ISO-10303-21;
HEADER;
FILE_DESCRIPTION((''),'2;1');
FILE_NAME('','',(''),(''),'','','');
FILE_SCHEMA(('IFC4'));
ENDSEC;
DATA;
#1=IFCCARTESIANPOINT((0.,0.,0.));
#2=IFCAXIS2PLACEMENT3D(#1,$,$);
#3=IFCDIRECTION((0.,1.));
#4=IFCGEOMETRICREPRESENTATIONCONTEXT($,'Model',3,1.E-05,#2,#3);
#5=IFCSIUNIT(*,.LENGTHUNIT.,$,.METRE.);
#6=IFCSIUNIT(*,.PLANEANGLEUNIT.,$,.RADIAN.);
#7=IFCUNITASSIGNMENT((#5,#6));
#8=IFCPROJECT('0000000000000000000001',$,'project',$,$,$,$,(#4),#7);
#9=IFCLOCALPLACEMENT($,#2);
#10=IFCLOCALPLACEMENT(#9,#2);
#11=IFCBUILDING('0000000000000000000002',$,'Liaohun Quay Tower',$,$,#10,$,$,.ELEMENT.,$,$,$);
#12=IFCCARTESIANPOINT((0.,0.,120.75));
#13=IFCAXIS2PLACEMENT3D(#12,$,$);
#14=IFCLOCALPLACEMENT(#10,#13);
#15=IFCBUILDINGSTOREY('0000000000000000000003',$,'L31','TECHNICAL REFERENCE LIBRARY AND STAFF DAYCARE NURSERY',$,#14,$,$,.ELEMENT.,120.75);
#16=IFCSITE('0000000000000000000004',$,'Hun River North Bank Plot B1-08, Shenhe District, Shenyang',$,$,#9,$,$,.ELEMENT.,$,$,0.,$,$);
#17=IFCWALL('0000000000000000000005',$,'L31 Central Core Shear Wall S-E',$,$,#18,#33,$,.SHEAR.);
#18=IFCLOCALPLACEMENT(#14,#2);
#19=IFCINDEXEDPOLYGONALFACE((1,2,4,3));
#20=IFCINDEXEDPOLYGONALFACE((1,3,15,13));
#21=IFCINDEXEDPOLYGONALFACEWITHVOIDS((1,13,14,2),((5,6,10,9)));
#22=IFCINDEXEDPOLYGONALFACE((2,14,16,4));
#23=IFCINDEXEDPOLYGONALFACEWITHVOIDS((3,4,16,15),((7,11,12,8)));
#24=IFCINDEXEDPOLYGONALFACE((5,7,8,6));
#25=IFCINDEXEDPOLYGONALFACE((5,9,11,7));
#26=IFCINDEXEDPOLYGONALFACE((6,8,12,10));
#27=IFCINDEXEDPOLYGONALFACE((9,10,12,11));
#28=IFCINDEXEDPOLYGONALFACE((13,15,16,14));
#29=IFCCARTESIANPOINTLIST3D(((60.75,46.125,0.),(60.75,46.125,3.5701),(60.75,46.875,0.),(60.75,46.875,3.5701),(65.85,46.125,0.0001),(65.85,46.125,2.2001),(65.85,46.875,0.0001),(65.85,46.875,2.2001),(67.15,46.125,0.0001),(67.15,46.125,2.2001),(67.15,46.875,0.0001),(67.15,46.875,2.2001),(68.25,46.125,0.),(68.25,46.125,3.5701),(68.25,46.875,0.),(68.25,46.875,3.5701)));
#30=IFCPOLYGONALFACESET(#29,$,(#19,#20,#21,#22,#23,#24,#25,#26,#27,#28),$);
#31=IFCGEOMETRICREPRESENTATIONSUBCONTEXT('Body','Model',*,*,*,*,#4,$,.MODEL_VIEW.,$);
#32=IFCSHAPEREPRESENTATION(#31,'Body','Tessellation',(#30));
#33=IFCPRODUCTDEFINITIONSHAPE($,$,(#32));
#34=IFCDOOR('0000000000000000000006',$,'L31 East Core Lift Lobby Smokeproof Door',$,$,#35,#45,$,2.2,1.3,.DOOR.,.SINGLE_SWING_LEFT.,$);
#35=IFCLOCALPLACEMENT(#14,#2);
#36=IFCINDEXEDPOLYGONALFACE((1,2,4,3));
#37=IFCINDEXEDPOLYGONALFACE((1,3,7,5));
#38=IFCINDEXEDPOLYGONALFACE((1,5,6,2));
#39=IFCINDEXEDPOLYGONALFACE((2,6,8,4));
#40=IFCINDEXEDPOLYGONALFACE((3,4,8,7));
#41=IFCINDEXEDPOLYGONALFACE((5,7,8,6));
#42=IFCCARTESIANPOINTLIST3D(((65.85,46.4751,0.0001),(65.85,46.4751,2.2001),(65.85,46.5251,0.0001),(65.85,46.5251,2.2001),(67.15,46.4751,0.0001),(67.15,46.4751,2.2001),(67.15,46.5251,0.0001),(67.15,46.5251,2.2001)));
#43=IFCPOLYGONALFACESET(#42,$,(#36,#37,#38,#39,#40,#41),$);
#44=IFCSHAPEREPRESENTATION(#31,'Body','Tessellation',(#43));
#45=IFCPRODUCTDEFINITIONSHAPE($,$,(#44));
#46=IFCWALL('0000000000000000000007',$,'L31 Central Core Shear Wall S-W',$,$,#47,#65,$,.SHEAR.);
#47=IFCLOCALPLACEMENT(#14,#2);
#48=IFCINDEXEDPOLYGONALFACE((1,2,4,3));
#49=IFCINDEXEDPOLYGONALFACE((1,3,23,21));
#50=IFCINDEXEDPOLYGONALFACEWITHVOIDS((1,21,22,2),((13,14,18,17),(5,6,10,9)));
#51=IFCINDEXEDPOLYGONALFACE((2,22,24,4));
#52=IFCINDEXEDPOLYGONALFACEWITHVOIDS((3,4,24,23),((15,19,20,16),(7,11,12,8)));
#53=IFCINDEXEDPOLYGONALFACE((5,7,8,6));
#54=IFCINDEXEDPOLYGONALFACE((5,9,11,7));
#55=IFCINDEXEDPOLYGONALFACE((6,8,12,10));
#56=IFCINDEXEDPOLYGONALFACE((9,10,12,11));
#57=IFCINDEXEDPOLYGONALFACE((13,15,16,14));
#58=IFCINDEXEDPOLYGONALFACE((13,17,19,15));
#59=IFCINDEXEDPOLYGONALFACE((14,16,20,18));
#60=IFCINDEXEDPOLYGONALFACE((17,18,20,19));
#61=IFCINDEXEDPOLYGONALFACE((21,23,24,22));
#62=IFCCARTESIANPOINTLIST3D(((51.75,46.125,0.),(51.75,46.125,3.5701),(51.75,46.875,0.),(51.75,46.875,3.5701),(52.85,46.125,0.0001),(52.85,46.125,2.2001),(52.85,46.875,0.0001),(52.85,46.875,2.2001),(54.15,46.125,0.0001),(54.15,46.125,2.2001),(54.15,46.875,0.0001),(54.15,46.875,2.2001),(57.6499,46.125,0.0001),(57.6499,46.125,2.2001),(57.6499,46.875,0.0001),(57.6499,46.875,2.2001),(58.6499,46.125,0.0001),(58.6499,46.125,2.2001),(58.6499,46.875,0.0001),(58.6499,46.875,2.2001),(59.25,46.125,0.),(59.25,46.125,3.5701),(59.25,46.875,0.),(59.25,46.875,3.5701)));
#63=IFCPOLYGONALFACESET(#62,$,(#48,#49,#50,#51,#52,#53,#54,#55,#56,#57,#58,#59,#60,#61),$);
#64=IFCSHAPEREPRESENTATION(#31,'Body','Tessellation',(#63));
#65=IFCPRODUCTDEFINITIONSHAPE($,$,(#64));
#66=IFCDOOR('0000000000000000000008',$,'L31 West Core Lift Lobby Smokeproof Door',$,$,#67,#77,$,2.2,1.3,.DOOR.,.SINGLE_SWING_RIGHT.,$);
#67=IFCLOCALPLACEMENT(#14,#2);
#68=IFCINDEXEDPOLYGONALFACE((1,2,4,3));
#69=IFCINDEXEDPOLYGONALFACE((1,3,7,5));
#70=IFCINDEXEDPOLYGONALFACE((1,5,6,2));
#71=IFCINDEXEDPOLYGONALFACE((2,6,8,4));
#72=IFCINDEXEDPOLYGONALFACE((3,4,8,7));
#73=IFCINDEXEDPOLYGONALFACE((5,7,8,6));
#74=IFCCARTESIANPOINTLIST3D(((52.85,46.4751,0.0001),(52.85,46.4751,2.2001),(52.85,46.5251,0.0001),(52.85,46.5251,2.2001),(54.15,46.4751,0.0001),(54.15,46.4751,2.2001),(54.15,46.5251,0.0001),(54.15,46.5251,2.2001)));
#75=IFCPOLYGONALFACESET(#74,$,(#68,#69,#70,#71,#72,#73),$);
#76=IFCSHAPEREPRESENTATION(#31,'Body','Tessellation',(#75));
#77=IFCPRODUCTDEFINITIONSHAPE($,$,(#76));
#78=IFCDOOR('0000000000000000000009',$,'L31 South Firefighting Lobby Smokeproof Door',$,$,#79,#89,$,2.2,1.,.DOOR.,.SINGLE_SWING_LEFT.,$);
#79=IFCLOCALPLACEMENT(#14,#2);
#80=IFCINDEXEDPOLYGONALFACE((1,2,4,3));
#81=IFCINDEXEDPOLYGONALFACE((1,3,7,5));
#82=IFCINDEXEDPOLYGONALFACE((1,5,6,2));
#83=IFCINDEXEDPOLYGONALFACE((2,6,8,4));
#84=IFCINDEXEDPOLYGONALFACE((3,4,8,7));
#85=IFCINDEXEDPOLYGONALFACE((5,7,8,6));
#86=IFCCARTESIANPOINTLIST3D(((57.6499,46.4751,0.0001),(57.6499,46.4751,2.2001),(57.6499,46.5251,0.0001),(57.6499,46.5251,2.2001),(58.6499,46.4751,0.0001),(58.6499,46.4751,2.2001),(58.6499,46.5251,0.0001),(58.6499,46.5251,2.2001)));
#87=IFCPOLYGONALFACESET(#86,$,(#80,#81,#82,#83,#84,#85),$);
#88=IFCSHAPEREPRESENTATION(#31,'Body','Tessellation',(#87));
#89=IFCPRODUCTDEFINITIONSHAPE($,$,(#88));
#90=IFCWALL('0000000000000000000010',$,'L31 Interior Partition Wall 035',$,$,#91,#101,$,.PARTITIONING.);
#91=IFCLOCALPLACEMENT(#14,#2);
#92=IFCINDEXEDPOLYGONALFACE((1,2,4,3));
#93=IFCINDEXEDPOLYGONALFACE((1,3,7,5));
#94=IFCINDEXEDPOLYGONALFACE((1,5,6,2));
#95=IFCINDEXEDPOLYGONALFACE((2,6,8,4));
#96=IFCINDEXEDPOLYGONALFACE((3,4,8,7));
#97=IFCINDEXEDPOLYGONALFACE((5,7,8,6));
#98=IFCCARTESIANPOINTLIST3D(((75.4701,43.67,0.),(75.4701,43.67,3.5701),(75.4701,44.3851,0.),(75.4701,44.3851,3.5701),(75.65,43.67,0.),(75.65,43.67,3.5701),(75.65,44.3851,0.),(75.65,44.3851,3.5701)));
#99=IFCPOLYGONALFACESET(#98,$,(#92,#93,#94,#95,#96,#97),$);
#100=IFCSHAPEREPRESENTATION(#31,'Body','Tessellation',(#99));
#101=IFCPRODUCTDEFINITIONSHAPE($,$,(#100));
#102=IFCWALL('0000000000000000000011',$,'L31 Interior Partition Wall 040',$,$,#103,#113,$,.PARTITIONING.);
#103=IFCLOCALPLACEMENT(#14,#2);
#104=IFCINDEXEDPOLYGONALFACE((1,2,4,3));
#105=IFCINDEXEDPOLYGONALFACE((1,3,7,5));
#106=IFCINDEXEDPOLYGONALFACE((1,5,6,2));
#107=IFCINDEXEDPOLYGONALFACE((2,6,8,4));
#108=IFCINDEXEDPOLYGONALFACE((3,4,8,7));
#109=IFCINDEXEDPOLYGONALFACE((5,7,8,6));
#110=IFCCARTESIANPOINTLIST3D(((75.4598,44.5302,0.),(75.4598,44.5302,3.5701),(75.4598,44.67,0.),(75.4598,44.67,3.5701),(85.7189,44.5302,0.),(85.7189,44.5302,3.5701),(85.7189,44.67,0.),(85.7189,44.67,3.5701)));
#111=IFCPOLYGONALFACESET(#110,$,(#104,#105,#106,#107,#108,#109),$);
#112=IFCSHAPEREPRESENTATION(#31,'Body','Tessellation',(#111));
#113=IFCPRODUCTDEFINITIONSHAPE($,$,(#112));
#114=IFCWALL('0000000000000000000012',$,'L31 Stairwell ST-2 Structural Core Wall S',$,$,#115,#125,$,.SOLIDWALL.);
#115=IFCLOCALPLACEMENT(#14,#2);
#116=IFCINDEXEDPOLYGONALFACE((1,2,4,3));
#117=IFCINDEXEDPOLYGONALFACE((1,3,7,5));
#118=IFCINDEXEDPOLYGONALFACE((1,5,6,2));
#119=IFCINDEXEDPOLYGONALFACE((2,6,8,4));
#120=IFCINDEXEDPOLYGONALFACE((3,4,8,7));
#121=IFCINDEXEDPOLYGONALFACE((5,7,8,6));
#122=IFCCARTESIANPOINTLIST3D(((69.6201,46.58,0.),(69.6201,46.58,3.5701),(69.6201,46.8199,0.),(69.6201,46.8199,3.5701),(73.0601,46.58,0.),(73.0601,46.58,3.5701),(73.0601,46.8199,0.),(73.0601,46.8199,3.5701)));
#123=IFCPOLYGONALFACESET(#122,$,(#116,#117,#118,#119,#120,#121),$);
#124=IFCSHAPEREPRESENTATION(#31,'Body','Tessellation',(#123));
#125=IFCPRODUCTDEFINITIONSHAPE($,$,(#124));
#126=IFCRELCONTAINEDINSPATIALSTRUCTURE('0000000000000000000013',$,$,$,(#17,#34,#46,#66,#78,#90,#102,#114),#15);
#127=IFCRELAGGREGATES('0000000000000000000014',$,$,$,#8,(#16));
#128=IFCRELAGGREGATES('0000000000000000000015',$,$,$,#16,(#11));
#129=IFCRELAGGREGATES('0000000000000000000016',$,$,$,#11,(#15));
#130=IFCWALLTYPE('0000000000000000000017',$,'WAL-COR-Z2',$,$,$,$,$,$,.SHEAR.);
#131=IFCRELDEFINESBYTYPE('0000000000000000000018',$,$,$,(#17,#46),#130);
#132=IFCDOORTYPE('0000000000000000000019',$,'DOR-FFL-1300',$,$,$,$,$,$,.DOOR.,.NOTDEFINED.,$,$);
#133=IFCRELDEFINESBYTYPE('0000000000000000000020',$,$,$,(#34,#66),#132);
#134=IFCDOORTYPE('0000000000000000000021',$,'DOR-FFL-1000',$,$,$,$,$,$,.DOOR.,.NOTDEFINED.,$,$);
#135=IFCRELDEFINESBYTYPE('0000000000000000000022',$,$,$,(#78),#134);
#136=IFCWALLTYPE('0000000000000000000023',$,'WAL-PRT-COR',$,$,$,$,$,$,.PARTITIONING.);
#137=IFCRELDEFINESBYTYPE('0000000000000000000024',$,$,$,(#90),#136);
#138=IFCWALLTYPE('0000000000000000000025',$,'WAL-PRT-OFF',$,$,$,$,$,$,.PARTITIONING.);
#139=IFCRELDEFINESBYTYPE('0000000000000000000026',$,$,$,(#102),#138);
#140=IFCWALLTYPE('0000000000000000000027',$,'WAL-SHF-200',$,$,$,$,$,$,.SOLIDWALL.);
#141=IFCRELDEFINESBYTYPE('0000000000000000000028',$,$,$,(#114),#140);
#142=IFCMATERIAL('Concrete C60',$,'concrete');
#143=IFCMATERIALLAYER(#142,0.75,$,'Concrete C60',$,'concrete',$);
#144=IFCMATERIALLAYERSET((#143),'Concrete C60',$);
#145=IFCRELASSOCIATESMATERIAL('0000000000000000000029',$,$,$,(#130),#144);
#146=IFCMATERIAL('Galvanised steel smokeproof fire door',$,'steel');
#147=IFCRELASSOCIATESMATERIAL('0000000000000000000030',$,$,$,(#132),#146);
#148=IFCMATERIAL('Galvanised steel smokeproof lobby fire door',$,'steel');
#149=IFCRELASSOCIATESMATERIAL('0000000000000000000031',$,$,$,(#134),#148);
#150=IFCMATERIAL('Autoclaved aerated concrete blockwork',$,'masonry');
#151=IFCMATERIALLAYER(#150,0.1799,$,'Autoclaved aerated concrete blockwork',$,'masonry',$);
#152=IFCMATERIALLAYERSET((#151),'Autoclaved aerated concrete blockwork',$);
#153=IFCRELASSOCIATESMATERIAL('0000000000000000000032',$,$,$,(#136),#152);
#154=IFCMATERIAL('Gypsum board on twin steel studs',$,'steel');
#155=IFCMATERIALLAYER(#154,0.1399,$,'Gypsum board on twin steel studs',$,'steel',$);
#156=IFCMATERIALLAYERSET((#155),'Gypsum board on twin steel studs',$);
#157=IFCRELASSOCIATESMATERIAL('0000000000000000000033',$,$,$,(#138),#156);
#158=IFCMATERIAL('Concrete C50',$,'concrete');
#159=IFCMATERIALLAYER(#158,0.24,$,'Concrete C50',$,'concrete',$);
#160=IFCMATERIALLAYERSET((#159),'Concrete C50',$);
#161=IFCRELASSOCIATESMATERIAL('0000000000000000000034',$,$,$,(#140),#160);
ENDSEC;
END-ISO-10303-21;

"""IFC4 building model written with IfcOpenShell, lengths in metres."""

from ifc_helpers import new_model, si_unit, direction, frame, frame_2d, origin, place, context, subcontext, project, spatial, rectangle, extrude, source, transform, mapped, material, layer, layer_set, type_object, element, fill, save


model = new_model("IFC4")

# Units and contexts
model_context = context("Model", 3, precision=1e-05, world=origin(), true_north=direction((0.0, 1.0)))
body_context = subcontext(model_context, "Body", "Model", "MODEL_VIEW")
ifc_project = project(units=[si_unit("LENGTHUNIT", "METRE"), si_unit("PLANEANGLEUNIT", "RADIAN")], contexts=[model_context])

# Site, building, storey
site_placement = place(None, origin())
site = spatial("IfcSite", under=ifc_project, at=site_placement, Name="Hun River North Bank Plot B1-08, Shenhe District, Shenyang", CompositionType="ELEMENT", RefElevation=0.0)
building_placement = place(site_placement, origin())
building = spatial("IfcBuilding", under=site, at=building_placement, Name="Liaohun Quay Tower", CompositionType="ELEMENT")
storey_placement = place(building_placement, frame((0.0, 0.0, 120.75)))
storey = spatial("IfcBuildingStorey", under=building, at=storey_placement, Name="L31", Description="TECHNICAL REFERENCE LIBRARY AND STAFF DAYCARE NURSERY", CompositionType="ELEMENT", Elevation=120.75)

# Shared definitions
ifc_material_1 = material(Name="Concrete C60", Category="concrete")

# Wall, opening, door
ifc_layer_1 = layer(ifc_material_1, 0.75, Name="Concrete C60", Category="concrete")
ifc_layer_set_1 = layer_set([ifc_layer_1], Name="Concrete C60")
wall_type_1 = type_object("IfcWallType", Name="WAL-COR-Z2", PredefinedType="SHEAR", material=ifc_layer_set_1)
wall_1_placement = place(storey_placement, frame((68.25, 46.5, 0.0), z_axis=(0.0, 0.0, 1.0), x_axis=(-1.0, 0.0, 0.0)))
wall_1 = element("IfcWall", 1, at=wall_1_placement, inside=storey, type_object=wall_type_1, Name="L31 Central Core Shear Wall S-E", PredefinedType="SHEAR", context=body_context, shape_type="SweptSolid", body=[
    extrude(rectangle(XDim=7.5, YDim=0.75, at=frame_2d((3.75, 0.0))), origin(), (0.0, 0.0, 1.0), 3.5701),
])
shared_shape_1 = source(origin(), body_context, "Body", "SweptSolid", [
    extrude(rectangle(XDim=1.3, YDim=2.2, at=frame_2d((0.6499, 1.1001))), frame((0.0, 0.385, 0.0), z_axis=(0.0, -1.0, 0.0), x_axis=(1.0, 0.0, 0.0)), (0.0, 0.0, 1.0), 0.77),
])
opening_1_placement = place(wall_1_placement, frame((1.1001, 0.0, 0.0)))
opening_1 = element("IfcOpeningElement", 2, at=opening_1_placement, cuts=wall_1, PredefinedType="OPENING", context=body_context, shape_type="MappedRepresentation", body=[
    mapped(shared_shape_1, transform((0.0, 0.0, 0.0), x_axis=(1.0, 0.0, 0.0), y_axis=(0.0, 1.0, 0.0), z_axis=(0.0, 0.0, 1.0), scale=1.0)),
])
ifc_material_2 = material(Name="Galvanised steel smokeproof fire door", Category="steel")
door_type_1 = type_object("IfcDoorType", Name="DOR-FFL-1300", OperationType="NOTDEFINED", PredefinedType="DOOR", material=ifc_material_2)
shared_shape_2 = source(origin(), body_context, "Body", "SweptSolid", [
    extrude(rectangle(XDim=1.3, YDim=2.2, at=frame_2d((0.6499, 1.1001))), frame((0.0, 0.0249, 0.0), z_axis=(0.0, -1.0, 0.0), x_axis=(1.0, 0.0, 0.0)), (0.0, 0.0, 1.0), 0.05),
])
door_1_placement = place(opening_1_placement, origin())
door_1 = element("IfcDoor", 3, at=door_1_placement, inside=storey, type_object=door_type_1, Name="L31 East Core Lift Lobby Smokeproof Door", OperationType="SINGLE_SWING_LEFT", OverallHeight=2.2, OverallWidth=1.3, PredefinedType="DOOR", context=body_context, shape_type="MappedRepresentation", body=[
    mapped(shared_shape_2, transform((0.0, 0.0, 0.0), x_axis=(1.0, 0.0, 0.0), y_axis=(0.0, 1.0, 0.0), z_axis=(0.0, 0.0, 1.0), scale=1.0)),
])
fill(opening_1, door_1)

# Wall, openings, doors
wall_2_placement = place(storey_placement, frame((59.25, 46.5, 0.0), z_axis=(0.0, 0.0, 1.0), x_axis=(-1.0, 0.0, 0.0)))
wall_2 = element("IfcWall", 4, at=wall_2_placement, inside=storey, type_object=wall_type_1, Name="L31 Central Core Shear Wall S-W", PredefinedType="SHEAR", context=body_context, shape_type="SweptSolid", body=[
    extrude(rectangle(XDim=7.5, YDim=0.75, at=frame_2d((3.75, 0.0))), origin(), (0.0, 0.0, 1.0), 3.5701),
])
opening_2_placement = place(wall_2_placement, frame((5.1001, 0.0, 0.0)))
opening_2 = element("IfcOpeningElement", 5, at=opening_2_placement, cuts=wall_2, PredefinedType="OPENING", context=body_context, shape_type="MappedRepresentation", body=[
    mapped(shared_shape_1, transform((0.0, 0.0, 0.0), x_axis=(1.0, 0.0, 0.0), y_axis=(0.0, 1.0, 0.0), z_axis=(0.0, 0.0, 1.0), scale=1.0)),
])
shared_shape_3 = source(origin(), body_context, "Body", "SweptSolid", [
    extrude(rectangle(XDim=1.0, YDim=2.2, at=frame_2d((0.5, 1.1001))), frame((0.0, 0.385, 0.0), z_axis=(0.0, -1.0, 0.0), x_axis=(1.0, 0.0, 0.0)), (0.0, 0.0, 1.0), 0.77),
])
opening_3_placement = place(wall_2_placement, frame((0.6001, 0.0, 0.0)))
opening_3 = element("IfcOpeningElement", 6, at=opening_3_placement, cuts=wall_2, PredefinedType="OPENING", context=body_context, shape_type="MappedRepresentation", body=[
    mapped(shared_shape_3, transform((0.0, 0.0, 0.0), x_axis=(1.0, 0.0, 0.0), y_axis=(0.0, 1.0, 0.0), z_axis=(0.0, 0.0, 1.0), scale=1.0)),
])
door_2_placement = place(opening_2_placement, origin())
door_2 = element("IfcDoor", 7, at=door_2_placement, inside=storey, type_object=door_type_1, Name="L31 West Core Lift Lobby Smokeproof Door", OperationType="SINGLE_SWING_RIGHT", OverallHeight=2.2, OverallWidth=1.3, PredefinedType="DOOR", context=body_context, shape_type="MappedRepresentation", body=[
    mapped(shared_shape_2, transform((0.0, 0.0, 0.0), x_axis=(1.0, 0.0, 0.0), y_axis=(0.0, 1.0, 0.0), z_axis=(0.0, 0.0, 1.0), scale=1.0)),
])
fill(opening_2, door_2)
ifc_material_3 = material(Name="Galvanised steel smokeproof lobby fire door", Category="steel")
door_type_2 = type_object("IfcDoorType", Name="DOR-FFL-1000", OperationType="NOTDEFINED", PredefinedType="DOOR", material=ifc_material_3)
shared_shape_4 = source(origin(), body_context, "Body", "SweptSolid", [
    extrude(rectangle(XDim=1.0, YDim=2.2, at=frame_2d((0.5, 1.1001))), frame((0.0, 0.0249, 0.0), z_axis=(0.0, -1.0, 0.0), x_axis=(1.0, 0.0, 0.0)), (0.0, 0.0, 1.0), 0.05),
])
door_3_placement = place(opening_3_placement, origin())
door_3 = element("IfcDoor", 8, at=door_3_placement, inside=storey, type_object=door_type_2, Name="L31 South Firefighting Lobby Smokeproof Door", OperationType="SINGLE_SWING_LEFT", OverallHeight=2.2, OverallWidth=1.0, PredefinedType="DOOR", context=body_context, shape_type="MappedRepresentation", body=[
    mapped(shared_shape_4, transform((0.0, 0.0, 0.0), x_axis=(1.0, 0.0, 0.0), y_axis=(0.0, 1.0, 0.0), z_axis=(0.0, 0.0, 1.0), scale=1.0)),
])
fill(opening_3, door_3)

# Walls
ifc_material_4 = material(Name="Autoclaved aerated concrete blockwork", Category="masonry")
ifc_layer_2 = layer(ifc_material_4, 0.1799, Name="Autoclaved aerated concrete blockwork", Category="masonry")
ifc_layer_set_2 = layer_set([ifc_layer_2], Name="Autoclaved aerated concrete blockwork")
wall_type_2 = type_object("IfcWallType", Name="WAL-PRT-COR", PredefinedType="PARTITIONING", material=ifc_layer_set_2)
wall_3_placement = place(storey_placement, frame((75.5601, 44.385, 0.0), z_axis=(0.0, 0.0, 1.0), x_axis=(0.0, -1.0, 0.0)))
element("IfcWall", 9, at=wall_3_placement, inside=storey, type_object=wall_type_2, Name="L31 Interior Partition Wall 035", PredefinedType="PARTITIONING", context=body_context, shape_type="SweptSolid", body=[
    extrude(rectangle(XDim=0.7151, YDim=0.1799, at=frame_2d((0.3574, 0.0))), origin(), (0.0, 0.0, 1.0), 3.5701),
])
ifc_material_5 = material(Name="Gypsum board on twin steel studs", Category="steel")
ifc_layer_3 = layer(ifc_material_5, 0.1399, Name="Gypsum board on twin steel studs", Category="steel")
ifc_layer_set_3 = layer_set([ifc_layer_3], Name="Gypsum board on twin steel studs")
wall_type_3 = type_object("IfcWallType", Name="WAL-PRT-OFF", PredefinedType="PARTITIONING", material=ifc_layer_set_3)
wall_4_placement = place(storey_placement, frame((75.46, 44.6001, 0.0), z_axis=(0.0, 0.0, 1.0), x_axis=(1.0, 0.0, 0.0)))
element("IfcWall", 10, at=wall_4_placement, inside=storey, type_object=wall_type_3, Name="L31 Interior Partition Wall 040", PredefinedType="PARTITIONING", context=body_context, shape_type="SweptSolid", body=[
    extrude(rectangle(XDim=10.259, YDim=0.1399, at=frame_2d((5.1294, 0.0))), origin(), (0.0, 0.0, 1.0), 3.5701),
])
ifc_material_6 = material(Name="Concrete C50", Category="concrete")
ifc_layer_4 = layer(ifc_material_6, 0.24, Name="Concrete C50", Category="concrete")
ifc_layer_set_4 = layer_set([ifc_layer_4], Name="Concrete C50")
wall_type_4 = type_object("IfcWallType", Name="WAL-SHF-200", PredefinedType="SOLIDWALL", material=ifc_layer_set_4)
wall_5_placement = place(storey_placement, frame((69.6201, 46.7, 0.0), z_axis=(0.0, 0.0, 1.0), x_axis=(1.0, 0.0, 0.0)))
element("IfcWall", 11, at=wall_5_placement, inside=storey, type_object=wall_type_4, Name="L31 Stairwell ST-2 Structural Core Wall S", PredefinedType="SOLIDWALL", context=body_context, shape_type="SweptSolid", body=[
    extrude(rectangle(XDim=3.4399, YDim=0.24, at=frame_2d((1.72, 0.0))), origin(), (0.0, 0.0, 1.0), 3.5701),
])

save(model, "model.ifc")
